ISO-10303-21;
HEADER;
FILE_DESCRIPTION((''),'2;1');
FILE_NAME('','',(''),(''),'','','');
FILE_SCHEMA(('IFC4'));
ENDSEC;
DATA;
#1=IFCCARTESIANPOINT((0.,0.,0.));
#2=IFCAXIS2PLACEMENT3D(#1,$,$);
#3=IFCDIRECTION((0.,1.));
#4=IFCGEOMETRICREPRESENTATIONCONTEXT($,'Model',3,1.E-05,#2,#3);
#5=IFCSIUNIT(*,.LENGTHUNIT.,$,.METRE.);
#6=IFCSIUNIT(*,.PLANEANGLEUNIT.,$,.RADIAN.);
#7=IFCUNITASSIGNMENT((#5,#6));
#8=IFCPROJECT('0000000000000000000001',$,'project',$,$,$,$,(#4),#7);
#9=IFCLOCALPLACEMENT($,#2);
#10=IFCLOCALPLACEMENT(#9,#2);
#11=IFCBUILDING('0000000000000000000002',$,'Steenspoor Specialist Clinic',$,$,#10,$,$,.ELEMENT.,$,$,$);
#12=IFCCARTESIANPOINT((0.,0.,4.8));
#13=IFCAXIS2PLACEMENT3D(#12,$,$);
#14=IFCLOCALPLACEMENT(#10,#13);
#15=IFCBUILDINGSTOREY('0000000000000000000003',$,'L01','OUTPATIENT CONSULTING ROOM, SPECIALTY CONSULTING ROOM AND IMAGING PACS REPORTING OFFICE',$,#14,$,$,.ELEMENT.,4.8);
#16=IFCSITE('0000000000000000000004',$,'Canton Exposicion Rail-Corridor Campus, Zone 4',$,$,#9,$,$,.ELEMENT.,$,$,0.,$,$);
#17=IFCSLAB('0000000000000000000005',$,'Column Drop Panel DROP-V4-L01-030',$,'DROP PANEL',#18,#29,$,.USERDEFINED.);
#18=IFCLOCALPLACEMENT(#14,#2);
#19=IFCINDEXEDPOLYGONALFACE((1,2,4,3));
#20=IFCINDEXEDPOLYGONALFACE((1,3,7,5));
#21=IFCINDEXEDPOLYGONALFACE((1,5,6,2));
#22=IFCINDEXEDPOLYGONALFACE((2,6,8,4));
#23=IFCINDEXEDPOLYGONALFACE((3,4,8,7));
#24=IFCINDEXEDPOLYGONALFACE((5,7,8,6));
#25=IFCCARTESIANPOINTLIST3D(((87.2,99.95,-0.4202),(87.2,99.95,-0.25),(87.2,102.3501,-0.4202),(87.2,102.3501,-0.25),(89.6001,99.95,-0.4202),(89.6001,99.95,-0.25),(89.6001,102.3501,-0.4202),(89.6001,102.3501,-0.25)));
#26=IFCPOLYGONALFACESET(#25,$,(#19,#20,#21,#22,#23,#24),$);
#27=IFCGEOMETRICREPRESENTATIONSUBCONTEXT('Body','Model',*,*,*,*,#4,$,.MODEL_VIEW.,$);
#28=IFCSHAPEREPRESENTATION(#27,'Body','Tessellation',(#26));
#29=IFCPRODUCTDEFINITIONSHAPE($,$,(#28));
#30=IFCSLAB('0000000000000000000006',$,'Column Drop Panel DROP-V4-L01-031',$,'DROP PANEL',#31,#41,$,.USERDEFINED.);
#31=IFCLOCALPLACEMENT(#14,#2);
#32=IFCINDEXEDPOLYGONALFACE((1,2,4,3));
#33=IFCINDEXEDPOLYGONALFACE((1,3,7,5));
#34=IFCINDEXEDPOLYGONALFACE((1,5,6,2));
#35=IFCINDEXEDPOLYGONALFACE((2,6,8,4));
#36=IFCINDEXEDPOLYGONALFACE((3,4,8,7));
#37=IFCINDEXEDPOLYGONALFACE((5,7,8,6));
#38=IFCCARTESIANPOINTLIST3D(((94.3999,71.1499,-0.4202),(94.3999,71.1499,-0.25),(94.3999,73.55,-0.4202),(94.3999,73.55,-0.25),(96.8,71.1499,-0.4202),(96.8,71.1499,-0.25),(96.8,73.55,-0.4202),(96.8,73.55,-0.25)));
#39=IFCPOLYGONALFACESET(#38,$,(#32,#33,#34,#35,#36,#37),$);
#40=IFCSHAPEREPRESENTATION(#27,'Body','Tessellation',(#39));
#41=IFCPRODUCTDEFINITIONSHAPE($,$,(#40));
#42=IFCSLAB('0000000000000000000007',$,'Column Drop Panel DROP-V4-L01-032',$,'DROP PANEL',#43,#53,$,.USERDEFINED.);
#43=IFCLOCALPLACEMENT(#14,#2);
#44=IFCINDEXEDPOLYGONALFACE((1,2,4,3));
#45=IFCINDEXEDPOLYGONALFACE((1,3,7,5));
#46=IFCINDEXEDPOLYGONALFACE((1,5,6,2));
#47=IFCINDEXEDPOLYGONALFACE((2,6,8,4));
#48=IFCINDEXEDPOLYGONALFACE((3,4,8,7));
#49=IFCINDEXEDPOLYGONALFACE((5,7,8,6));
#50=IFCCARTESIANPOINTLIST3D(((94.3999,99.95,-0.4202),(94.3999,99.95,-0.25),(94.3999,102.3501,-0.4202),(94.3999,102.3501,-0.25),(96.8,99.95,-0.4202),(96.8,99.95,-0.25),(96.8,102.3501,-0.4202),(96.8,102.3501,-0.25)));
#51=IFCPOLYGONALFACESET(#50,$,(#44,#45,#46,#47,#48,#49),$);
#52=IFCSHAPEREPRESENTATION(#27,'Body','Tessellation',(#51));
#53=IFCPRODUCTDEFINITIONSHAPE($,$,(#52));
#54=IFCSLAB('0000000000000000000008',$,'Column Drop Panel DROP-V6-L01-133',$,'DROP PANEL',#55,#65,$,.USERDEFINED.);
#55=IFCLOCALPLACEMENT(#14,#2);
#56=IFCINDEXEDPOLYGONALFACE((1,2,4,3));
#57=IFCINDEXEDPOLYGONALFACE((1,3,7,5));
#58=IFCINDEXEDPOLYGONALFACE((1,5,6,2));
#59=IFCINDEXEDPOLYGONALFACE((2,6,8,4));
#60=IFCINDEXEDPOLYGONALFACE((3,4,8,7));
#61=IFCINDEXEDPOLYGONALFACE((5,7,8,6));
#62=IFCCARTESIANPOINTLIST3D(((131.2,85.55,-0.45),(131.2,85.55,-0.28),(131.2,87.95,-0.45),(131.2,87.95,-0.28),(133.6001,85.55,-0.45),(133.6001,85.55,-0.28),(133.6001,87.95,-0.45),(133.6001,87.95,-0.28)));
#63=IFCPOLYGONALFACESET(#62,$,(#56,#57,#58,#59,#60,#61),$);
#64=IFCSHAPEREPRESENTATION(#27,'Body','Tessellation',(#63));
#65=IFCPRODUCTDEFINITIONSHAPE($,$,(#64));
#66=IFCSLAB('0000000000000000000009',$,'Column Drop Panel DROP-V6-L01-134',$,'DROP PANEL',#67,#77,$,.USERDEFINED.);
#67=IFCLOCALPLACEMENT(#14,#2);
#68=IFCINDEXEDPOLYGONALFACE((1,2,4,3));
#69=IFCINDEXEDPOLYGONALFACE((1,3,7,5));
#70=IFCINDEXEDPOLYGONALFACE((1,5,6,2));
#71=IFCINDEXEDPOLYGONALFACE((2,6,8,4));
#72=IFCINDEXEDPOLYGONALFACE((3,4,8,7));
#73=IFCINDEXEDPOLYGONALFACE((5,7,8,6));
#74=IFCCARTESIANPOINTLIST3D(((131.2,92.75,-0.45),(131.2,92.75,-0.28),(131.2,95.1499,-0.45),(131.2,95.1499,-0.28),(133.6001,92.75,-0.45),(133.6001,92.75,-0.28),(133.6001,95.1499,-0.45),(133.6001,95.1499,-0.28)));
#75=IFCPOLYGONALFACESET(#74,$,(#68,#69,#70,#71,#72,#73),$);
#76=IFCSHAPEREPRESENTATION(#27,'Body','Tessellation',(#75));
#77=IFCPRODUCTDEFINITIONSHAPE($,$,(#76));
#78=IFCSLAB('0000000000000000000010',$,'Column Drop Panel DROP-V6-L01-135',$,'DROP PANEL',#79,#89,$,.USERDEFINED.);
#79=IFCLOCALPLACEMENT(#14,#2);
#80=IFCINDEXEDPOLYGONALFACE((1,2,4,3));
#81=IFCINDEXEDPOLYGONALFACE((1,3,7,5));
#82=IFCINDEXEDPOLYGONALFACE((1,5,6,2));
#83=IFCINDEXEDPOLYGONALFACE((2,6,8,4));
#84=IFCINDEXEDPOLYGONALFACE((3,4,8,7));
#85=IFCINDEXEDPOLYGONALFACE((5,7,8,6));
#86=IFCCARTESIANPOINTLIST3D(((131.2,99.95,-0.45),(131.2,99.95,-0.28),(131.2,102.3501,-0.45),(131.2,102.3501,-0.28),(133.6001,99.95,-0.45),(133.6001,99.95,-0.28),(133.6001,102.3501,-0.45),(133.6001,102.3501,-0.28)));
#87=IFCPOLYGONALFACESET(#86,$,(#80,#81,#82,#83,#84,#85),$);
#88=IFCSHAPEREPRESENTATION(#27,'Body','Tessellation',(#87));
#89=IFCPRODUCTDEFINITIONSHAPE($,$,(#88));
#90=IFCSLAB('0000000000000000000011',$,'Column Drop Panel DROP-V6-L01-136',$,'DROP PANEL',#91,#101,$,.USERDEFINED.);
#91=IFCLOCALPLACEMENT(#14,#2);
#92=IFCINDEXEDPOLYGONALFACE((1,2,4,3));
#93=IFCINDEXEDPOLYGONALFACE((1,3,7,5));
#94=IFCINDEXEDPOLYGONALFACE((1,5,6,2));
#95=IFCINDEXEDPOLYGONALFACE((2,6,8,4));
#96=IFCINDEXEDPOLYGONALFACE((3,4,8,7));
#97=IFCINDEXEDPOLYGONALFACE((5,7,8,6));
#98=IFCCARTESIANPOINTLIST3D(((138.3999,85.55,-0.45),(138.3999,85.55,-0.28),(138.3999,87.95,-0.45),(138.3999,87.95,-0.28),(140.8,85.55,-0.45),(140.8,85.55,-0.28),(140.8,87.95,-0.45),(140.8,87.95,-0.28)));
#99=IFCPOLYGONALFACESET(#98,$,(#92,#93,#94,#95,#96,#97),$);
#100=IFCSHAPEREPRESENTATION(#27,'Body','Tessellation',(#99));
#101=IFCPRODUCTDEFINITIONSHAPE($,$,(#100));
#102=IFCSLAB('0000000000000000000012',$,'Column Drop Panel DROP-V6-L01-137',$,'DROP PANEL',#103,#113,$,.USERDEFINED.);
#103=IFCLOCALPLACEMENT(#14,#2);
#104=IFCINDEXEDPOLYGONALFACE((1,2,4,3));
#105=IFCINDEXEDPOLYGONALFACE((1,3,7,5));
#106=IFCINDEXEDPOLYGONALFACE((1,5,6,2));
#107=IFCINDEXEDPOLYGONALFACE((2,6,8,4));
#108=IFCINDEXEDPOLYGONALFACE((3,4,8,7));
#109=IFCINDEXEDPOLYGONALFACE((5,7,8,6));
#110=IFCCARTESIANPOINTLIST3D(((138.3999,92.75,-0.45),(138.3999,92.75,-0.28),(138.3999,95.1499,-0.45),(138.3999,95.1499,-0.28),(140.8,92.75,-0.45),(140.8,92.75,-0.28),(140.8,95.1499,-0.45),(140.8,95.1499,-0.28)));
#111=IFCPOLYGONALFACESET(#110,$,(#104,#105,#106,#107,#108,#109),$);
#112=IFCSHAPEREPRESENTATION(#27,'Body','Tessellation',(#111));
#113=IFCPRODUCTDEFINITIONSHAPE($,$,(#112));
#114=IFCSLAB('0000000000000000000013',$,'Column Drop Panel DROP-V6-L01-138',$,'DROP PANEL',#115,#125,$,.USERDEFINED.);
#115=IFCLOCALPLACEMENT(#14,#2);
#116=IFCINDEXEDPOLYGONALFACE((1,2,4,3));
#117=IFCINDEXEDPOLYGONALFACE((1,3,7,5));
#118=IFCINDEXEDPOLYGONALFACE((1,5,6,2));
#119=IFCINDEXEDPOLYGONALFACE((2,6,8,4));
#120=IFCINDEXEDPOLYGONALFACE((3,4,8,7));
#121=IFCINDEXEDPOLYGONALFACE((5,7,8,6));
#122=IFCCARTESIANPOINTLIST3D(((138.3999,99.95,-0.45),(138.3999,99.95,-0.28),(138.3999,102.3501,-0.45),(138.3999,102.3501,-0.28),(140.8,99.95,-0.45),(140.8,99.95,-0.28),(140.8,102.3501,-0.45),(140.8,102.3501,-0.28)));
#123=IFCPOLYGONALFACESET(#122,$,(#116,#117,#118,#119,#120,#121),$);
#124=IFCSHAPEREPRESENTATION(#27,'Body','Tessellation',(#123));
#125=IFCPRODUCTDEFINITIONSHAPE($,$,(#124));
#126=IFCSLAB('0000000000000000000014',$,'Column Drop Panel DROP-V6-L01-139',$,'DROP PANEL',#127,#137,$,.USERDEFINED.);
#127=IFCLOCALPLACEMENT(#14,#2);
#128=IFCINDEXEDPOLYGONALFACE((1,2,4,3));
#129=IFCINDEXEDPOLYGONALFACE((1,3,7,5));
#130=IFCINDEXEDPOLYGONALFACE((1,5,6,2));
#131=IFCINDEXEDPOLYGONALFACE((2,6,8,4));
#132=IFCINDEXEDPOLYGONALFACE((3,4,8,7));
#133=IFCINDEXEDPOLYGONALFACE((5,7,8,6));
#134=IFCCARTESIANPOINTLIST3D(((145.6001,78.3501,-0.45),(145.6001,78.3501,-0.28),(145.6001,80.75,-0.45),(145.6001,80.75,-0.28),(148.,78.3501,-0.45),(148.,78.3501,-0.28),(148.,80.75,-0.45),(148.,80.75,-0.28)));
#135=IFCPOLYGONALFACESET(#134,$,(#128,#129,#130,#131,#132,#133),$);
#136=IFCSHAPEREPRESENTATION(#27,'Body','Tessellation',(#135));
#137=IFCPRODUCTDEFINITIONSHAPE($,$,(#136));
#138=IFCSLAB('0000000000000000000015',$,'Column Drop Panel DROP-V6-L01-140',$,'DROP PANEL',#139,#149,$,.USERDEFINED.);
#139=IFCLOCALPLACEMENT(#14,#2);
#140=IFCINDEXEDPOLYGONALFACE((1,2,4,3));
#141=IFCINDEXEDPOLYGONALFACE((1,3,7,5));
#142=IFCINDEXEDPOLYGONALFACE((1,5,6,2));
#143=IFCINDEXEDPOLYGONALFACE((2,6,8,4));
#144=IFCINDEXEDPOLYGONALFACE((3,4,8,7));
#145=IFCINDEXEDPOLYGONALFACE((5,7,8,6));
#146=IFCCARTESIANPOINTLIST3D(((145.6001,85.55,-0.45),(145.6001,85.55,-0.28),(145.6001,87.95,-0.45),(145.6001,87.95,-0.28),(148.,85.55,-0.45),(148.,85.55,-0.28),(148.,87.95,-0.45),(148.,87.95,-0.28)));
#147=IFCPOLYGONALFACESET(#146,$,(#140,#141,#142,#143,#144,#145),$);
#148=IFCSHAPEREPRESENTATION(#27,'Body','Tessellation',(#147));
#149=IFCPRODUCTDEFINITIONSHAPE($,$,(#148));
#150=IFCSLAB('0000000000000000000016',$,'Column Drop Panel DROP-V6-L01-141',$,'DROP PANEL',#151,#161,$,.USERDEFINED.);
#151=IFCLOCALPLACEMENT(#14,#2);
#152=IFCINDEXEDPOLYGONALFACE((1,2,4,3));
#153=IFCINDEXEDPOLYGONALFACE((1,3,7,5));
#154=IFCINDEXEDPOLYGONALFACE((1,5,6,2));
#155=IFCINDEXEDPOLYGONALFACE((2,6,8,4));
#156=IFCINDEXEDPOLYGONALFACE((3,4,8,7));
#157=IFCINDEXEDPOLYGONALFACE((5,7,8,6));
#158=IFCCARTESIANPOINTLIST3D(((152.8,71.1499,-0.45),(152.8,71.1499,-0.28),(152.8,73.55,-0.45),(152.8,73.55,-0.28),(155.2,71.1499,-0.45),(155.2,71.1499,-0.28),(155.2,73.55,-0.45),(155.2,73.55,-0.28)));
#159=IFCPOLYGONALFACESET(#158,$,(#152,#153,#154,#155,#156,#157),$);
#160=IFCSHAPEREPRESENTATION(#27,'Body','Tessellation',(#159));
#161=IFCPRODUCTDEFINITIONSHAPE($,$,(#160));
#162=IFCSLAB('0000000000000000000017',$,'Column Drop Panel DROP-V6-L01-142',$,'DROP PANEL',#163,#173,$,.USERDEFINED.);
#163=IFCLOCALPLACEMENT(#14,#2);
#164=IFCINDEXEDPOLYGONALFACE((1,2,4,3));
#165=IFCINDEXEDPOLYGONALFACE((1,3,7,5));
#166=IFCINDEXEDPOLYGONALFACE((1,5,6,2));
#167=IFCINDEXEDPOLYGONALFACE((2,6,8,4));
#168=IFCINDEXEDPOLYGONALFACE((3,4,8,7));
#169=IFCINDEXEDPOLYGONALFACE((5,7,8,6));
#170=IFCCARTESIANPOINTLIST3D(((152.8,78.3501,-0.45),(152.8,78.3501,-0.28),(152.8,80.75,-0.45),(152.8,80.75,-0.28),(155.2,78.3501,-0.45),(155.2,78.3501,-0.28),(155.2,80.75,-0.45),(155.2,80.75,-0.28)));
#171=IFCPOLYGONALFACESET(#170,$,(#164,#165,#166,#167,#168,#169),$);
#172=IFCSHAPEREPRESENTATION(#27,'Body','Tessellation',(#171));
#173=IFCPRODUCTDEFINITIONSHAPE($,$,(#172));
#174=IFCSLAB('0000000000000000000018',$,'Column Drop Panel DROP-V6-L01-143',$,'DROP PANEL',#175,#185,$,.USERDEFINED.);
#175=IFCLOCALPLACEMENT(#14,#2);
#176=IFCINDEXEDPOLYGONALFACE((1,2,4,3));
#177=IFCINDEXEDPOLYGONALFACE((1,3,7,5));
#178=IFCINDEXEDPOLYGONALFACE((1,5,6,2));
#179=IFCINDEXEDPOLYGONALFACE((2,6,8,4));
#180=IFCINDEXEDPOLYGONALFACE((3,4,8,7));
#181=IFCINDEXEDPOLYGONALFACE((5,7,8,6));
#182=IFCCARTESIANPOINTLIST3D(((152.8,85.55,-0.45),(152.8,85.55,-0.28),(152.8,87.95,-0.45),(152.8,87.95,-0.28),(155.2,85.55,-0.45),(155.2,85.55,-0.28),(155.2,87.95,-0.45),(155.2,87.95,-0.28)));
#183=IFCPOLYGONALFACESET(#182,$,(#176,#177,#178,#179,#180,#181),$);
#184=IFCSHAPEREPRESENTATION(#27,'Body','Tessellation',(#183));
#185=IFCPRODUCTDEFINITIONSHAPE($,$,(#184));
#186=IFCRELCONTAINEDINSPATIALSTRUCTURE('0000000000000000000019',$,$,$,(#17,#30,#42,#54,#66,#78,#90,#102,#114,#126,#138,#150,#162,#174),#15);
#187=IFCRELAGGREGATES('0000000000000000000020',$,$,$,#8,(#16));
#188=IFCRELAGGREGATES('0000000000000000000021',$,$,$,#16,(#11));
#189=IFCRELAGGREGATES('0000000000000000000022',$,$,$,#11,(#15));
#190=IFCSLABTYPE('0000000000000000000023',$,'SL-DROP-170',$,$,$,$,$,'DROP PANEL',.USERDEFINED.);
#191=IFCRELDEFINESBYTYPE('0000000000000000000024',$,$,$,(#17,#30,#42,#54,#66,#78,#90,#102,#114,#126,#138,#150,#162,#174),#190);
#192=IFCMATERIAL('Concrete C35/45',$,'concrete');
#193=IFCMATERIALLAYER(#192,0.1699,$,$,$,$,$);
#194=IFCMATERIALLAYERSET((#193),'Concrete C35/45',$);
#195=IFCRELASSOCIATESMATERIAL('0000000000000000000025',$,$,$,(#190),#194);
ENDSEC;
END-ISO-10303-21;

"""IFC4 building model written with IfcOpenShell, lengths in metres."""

from ifc_helpers import new_model, si_unit, direction, frame, origin, place, context, subcontext, project, spatial, polyline, outline, extrude, material, layer, layer_set, type_object, element, save


model = new_model("IFC4")

# Units and contexts
model_context = context("Model", 3, precision=1e-05, world=origin(), true_north=direction((0.0, 1.0)))
body_context = subcontext(model_context, "Body", "Model", "MODEL_VIEW")
ifc_project = project(units=[si_unit("LENGTHUNIT", "METRE"), si_unit("PLANEANGLEUNIT", "RADIAN")], contexts=[model_context])

# Site, building, storey
site_placement = place(None, origin())
site = spatial("IfcSite", under=ifc_project, at=site_placement, Name="Canton Exposicion Rail-Corridor Campus, Zone 4", CompositionType="ELEMENT", RefElevation=0.0)
building_placement = place(site_placement, origin())
building = spatial("IfcBuilding", under=site, at=building_placement, Name="Steenspoor Specialist Clinic", CompositionType="ELEMENT")
storey_placement = place(building_placement, frame((0.0, 0.0, 4.8)))
storey = spatial("IfcBuildingStorey", under=building, at=storey_placement, Name="L01", Description="OUTPATIENT CONSULTING ROOM, SPECIALTY CONSULTING ROOM AND IMAGING PACS REPORTING OFFICE", CompositionType="ELEMENT", Elevation=4.8)

# Slabs
ifc_material = material(Name="Concrete C35/45", Category="concrete")
ifc_layer = layer(ifc_material, 0.1699)
ifc_layer_set = layer_set([ifc_layer], Name="Concrete C35/45")
slab_type = type_object("IfcSlabType", Name="SL-DROP-170", ElementType="DROP PANEL", PredefinedType="USERDEFINED", material=ifc_layer_set)
slab_1_placement = place(storey_placement, frame((0.0, 0.0, -0.4202)))
element("IfcSlab", 1, at=slab_1_placement, inside=storey, type_object=slab_type, Name="Column Drop Panel DROP-V4-L01-030", ObjectType="DROP PANEL", PredefinedType="USERDEFINED", context=body_context, shape_type="SweptSolid", body=[
    extrude(outline(polyline([(89.6001, 99.95), (89.6001, 102.3501), (87.2, 102.3501), (87.2, 99.95), (89.6001, 99.95)])), origin(), (0.0, 0.0, 1.0), 0.1702),
])
slab_2_placement = place(storey_placement, frame((0.0, 0.0, -0.4202)))
element("IfcSlab", 2, at=slab_2_placement, inside=storey, type_object=slab_type, Name="Column Drop Panel DROP-V4-L01-031", ObjectType="DROP PANEL", PredefinedType="USERDEFINED", context=body_context, shape_type="SweptSolid", body=[
    extrude(outline(polyline([(96.8, 71.1499), (96.8, 73.55), (94.3999, 73.55), (94.3999, 71.1499), (96.8, 71.1499)])), origin(), (0.0, 0.0, 1.0), 0.1702),
])
slab_3_placement = place(storey_placement, frame((0.0, 0.0, -0.4202)))
element("IfcSlab", 3, at=slab_3_placement, inside=storey, type_object=slab_type, Name="Column Drop Panel DROP-V4-L01-032", ObjectType="DROP PANEL", PredefinedType="USERDEFINED", context=body_context, shape_type="SweptSolid", body=[
    extrude(outline(polyline([(96.8, 99.95), (96.8, 102.3501), (94.3999, 102.3501), (94.3999, 99.95), (96.8, 99.95)])), origin(), (0.0, 0.0, 1.0), 0.1702),
])
slab_4_placement = place(storey_placement, frame((0.0, 0.0, -0.45)))
element("IfcSlab", 4, at=slab_4_placement, inside=storey, type_object=slab_type, Name="Column Drop Panel DROP-V6-L01-133", ObjectType="DROP PANEL", PredefinedType="USERDEFINED", context=body_context, shape_type="SweptSolid", body=[
    extrude(outline(polyline([(133.6001, 85.55), (133.6001, 87.95), (131.2, 87.95), (131.2, 85.55), (133.6001, 85.55)])), origin(), (0.0, 0.0, 1.0), 0.1699),
])
slab_5_placement = place(storey_placement, frame((0.0, 0.0, -0.45)))
element("IfcSlab", 5, at=slab_5_placement, inside=storey, type_object=slab_type, Name="Column Drop Panel DROP-V6-L01-134", ObjectType="DROP PANEL", PredefinedType="USERDEFINED", context=body_context, shape_type="SweptSolid", body=[
    extrude(outline(polyline([(133.6001, 92.75), (133.6001, 95.1499), (131.2, 95.1499), (131.2, 92.75), (133.6001, 92.75)])), origin(), (0.0, 0.0, 1.0), 0.1699),
])
slab_6_placement = place(storey_placement, frame((0.0, 0.0, -0.45)))
element("IfcSlab", 6, at=slab_6_placement, inside=storey, type_object=slab_type, Name="Column Drop Panel DROP-V6-L01-135", ObjectType="DROP PANEL", PredefinedType="USERDEFINED", context=body_context, shape_type="SweptSolid", body=[
    extrude(outline(polyline([(133.6001, 99.95), (133.6001, 102.3501), (131.2, 102.3501), (131.2, 99.95), (133.6001, 99.95)])), origin(), (0.0, 0.0, 1.0), 0.1699),
])
slab_7_placement = place(storey_placement, frame((0.0, 0.0, -0.45)))
element("IfcSlab", 7, at=slab_7_placement, inside=storey, type_object=slab_type, Name="Column Drop Panel DROP-V6-L01-136", ObjectType="DROP PANEL", PredefinedType="USERDEFINED", context=body_context, shape_type="SweptSolid", body=[
    extrude(outline(polyline([(140.8, 85.55), (140.8, 87.95), (138.3999, 87.95), (138.3999, 85.55), (140.8, 85.55)])), origin(), (0.0, 0.0, 1.0), 0.1699),
])
slab_8_placement = place(storey_placement, frame((0.0, 0.0, -0.45)))
element("IfcSlab", 8, at=slab_8_placement, inside=storey, type_object=slab_type, Name="Column Drop Panel DROP-V6-L01-137", ObjectType="DROP PANEL", PredefinedType="USERDEFINED", context=body_context, shape_type="SweptSolid", body=[
    extrude(outline(polyline([(140.8, 92.75), (140.8, 95.1499), (138.3999, 95.1499), (138.3999, 92.75), (140.8, 92.75)])), origin(), (0.0, 0.0, 1.0), 0.1699),
])
slab_9_placement = place(storey_placement, frame((0.0, 0.0, -0.45)))
element("IfcSlab", 9, at=slab_9_placement, inside=storey, type_object=slab_type, Name="Column Drop Panel DROP-V6-L01-138", ObjectType="DROP PANEL", PredefinedType="USERDEFINED", context=body_context, shape_type="SweptSolid", body=[
    extrude(outline(polyline([(140.8, 99.95), (140.8, 102.3501), (138.3999, 102.3501), (138.3999, 99.95), (140.8, 99.95)])), origin(), (0.0, 0.0, 1.0), 0.1699),
])
slab_10_placement = place(storey_placement, frame((0.0, 0.0, -0.45)))
element("IfcSlab", 10, at=slab_10_placement, inside=storey, type_object=slab_type, Name="Column Drop Panel DROP-V6-L01-139", ObjectType="DROP PANEL", PredefinedType="USERDEFINED", context=body_context, shape_type="SweptSolid", body=[
    extrude(outline(polyline([(148.0, 78.3501), (148.0, 80.75), (145.6001, 80.75), (145.6001, 78.3501), (148.0, 78.3501)])), origin(), (0.0, 0.0, 1.0), 0.1699),
])
slab_11_placement = place(storey_placement, frame((0.0, 0.0, -0.45)))
element("IfcSlab", 11, at=slab_11_placement, inside=storey, type_object=slab_type, Name="Column Drop Panel DROP-V6-L01-140", ObjectType="DROP PANEL", PredefinedType="USERDEFINED", context=body_context, shape_type="SweptSolid", body=[
    extrude(outline(polyline([(148.0, 85.55), (148.0, 87.95), (145.6001, 87.95), (145.6001, 85.55), (148.0, 85.55)])), origin(), (0.0, 0.0, 1.0), 0.1699),
])
slab_12_placement = place(storey_placement, frame((0.0, 0.0, -0.45)))
element("IfcSlab", 12, at=slab_12_placement, inside=storey, type_object=slab_type, Name="Column Drop Panel DROP-V6-L01-141", ObjectType="DROP PANEL", PredefinedType="USERDEFINED", context=body_context, shape_type="SweptSolid", body=[
    extrude(outline(polyline([(155.2, 71.1499), (155.2, 73.55), (152.8, 73.55), (152.8, 71.1499), (155.2, 71.1499)])), origin(), (0.0, 0.0, 1.0), 0.1699),
])
slab_13_placement = place(storey_placement, frame((0.0, 0.0, -0.45)))
element("IfcSlab", 13, at=slab_13_placement, inside=storey, type_object=slab_type, Name="Column Drop Panel DROP-V6-L01-142", ObjectType="DROP PANEL", PredefinedType="USERDEFINED", context=body_context, shape_type="SweptSolid", body=[
    extrude(outline(polyline([(155.2, 78.3501), (155.2, 80.75), (152.8, 80.75), (152.8, 78.3501), (155.2, 78.3501)])), origin(), (0.0, 0.0, 1.0), 0.1699),
])
slab_14_placement = place(storey_placement, frame((0.0, 0.0, -0.45)))
element("IfcSlab", 14, at=slab_14_placement, inside=storey, type_object=slab_type, Name="Column Drop Panel DROP-V6-L01-143", ObjectType="DROP PANEL", PredefinedType="USERDEFINED", context=body_context, shape_type="SweptSolid", body=[
    extrude(outline(polyline([(155.2, 85.55), (155.2, 87.95), (152.8, 87.95), (152.8, 85.55), (155.2, 85.55)])), origin(), (0.0, 0.0, 1.0), 0.1699),
])

save(model, "model.ifc")
